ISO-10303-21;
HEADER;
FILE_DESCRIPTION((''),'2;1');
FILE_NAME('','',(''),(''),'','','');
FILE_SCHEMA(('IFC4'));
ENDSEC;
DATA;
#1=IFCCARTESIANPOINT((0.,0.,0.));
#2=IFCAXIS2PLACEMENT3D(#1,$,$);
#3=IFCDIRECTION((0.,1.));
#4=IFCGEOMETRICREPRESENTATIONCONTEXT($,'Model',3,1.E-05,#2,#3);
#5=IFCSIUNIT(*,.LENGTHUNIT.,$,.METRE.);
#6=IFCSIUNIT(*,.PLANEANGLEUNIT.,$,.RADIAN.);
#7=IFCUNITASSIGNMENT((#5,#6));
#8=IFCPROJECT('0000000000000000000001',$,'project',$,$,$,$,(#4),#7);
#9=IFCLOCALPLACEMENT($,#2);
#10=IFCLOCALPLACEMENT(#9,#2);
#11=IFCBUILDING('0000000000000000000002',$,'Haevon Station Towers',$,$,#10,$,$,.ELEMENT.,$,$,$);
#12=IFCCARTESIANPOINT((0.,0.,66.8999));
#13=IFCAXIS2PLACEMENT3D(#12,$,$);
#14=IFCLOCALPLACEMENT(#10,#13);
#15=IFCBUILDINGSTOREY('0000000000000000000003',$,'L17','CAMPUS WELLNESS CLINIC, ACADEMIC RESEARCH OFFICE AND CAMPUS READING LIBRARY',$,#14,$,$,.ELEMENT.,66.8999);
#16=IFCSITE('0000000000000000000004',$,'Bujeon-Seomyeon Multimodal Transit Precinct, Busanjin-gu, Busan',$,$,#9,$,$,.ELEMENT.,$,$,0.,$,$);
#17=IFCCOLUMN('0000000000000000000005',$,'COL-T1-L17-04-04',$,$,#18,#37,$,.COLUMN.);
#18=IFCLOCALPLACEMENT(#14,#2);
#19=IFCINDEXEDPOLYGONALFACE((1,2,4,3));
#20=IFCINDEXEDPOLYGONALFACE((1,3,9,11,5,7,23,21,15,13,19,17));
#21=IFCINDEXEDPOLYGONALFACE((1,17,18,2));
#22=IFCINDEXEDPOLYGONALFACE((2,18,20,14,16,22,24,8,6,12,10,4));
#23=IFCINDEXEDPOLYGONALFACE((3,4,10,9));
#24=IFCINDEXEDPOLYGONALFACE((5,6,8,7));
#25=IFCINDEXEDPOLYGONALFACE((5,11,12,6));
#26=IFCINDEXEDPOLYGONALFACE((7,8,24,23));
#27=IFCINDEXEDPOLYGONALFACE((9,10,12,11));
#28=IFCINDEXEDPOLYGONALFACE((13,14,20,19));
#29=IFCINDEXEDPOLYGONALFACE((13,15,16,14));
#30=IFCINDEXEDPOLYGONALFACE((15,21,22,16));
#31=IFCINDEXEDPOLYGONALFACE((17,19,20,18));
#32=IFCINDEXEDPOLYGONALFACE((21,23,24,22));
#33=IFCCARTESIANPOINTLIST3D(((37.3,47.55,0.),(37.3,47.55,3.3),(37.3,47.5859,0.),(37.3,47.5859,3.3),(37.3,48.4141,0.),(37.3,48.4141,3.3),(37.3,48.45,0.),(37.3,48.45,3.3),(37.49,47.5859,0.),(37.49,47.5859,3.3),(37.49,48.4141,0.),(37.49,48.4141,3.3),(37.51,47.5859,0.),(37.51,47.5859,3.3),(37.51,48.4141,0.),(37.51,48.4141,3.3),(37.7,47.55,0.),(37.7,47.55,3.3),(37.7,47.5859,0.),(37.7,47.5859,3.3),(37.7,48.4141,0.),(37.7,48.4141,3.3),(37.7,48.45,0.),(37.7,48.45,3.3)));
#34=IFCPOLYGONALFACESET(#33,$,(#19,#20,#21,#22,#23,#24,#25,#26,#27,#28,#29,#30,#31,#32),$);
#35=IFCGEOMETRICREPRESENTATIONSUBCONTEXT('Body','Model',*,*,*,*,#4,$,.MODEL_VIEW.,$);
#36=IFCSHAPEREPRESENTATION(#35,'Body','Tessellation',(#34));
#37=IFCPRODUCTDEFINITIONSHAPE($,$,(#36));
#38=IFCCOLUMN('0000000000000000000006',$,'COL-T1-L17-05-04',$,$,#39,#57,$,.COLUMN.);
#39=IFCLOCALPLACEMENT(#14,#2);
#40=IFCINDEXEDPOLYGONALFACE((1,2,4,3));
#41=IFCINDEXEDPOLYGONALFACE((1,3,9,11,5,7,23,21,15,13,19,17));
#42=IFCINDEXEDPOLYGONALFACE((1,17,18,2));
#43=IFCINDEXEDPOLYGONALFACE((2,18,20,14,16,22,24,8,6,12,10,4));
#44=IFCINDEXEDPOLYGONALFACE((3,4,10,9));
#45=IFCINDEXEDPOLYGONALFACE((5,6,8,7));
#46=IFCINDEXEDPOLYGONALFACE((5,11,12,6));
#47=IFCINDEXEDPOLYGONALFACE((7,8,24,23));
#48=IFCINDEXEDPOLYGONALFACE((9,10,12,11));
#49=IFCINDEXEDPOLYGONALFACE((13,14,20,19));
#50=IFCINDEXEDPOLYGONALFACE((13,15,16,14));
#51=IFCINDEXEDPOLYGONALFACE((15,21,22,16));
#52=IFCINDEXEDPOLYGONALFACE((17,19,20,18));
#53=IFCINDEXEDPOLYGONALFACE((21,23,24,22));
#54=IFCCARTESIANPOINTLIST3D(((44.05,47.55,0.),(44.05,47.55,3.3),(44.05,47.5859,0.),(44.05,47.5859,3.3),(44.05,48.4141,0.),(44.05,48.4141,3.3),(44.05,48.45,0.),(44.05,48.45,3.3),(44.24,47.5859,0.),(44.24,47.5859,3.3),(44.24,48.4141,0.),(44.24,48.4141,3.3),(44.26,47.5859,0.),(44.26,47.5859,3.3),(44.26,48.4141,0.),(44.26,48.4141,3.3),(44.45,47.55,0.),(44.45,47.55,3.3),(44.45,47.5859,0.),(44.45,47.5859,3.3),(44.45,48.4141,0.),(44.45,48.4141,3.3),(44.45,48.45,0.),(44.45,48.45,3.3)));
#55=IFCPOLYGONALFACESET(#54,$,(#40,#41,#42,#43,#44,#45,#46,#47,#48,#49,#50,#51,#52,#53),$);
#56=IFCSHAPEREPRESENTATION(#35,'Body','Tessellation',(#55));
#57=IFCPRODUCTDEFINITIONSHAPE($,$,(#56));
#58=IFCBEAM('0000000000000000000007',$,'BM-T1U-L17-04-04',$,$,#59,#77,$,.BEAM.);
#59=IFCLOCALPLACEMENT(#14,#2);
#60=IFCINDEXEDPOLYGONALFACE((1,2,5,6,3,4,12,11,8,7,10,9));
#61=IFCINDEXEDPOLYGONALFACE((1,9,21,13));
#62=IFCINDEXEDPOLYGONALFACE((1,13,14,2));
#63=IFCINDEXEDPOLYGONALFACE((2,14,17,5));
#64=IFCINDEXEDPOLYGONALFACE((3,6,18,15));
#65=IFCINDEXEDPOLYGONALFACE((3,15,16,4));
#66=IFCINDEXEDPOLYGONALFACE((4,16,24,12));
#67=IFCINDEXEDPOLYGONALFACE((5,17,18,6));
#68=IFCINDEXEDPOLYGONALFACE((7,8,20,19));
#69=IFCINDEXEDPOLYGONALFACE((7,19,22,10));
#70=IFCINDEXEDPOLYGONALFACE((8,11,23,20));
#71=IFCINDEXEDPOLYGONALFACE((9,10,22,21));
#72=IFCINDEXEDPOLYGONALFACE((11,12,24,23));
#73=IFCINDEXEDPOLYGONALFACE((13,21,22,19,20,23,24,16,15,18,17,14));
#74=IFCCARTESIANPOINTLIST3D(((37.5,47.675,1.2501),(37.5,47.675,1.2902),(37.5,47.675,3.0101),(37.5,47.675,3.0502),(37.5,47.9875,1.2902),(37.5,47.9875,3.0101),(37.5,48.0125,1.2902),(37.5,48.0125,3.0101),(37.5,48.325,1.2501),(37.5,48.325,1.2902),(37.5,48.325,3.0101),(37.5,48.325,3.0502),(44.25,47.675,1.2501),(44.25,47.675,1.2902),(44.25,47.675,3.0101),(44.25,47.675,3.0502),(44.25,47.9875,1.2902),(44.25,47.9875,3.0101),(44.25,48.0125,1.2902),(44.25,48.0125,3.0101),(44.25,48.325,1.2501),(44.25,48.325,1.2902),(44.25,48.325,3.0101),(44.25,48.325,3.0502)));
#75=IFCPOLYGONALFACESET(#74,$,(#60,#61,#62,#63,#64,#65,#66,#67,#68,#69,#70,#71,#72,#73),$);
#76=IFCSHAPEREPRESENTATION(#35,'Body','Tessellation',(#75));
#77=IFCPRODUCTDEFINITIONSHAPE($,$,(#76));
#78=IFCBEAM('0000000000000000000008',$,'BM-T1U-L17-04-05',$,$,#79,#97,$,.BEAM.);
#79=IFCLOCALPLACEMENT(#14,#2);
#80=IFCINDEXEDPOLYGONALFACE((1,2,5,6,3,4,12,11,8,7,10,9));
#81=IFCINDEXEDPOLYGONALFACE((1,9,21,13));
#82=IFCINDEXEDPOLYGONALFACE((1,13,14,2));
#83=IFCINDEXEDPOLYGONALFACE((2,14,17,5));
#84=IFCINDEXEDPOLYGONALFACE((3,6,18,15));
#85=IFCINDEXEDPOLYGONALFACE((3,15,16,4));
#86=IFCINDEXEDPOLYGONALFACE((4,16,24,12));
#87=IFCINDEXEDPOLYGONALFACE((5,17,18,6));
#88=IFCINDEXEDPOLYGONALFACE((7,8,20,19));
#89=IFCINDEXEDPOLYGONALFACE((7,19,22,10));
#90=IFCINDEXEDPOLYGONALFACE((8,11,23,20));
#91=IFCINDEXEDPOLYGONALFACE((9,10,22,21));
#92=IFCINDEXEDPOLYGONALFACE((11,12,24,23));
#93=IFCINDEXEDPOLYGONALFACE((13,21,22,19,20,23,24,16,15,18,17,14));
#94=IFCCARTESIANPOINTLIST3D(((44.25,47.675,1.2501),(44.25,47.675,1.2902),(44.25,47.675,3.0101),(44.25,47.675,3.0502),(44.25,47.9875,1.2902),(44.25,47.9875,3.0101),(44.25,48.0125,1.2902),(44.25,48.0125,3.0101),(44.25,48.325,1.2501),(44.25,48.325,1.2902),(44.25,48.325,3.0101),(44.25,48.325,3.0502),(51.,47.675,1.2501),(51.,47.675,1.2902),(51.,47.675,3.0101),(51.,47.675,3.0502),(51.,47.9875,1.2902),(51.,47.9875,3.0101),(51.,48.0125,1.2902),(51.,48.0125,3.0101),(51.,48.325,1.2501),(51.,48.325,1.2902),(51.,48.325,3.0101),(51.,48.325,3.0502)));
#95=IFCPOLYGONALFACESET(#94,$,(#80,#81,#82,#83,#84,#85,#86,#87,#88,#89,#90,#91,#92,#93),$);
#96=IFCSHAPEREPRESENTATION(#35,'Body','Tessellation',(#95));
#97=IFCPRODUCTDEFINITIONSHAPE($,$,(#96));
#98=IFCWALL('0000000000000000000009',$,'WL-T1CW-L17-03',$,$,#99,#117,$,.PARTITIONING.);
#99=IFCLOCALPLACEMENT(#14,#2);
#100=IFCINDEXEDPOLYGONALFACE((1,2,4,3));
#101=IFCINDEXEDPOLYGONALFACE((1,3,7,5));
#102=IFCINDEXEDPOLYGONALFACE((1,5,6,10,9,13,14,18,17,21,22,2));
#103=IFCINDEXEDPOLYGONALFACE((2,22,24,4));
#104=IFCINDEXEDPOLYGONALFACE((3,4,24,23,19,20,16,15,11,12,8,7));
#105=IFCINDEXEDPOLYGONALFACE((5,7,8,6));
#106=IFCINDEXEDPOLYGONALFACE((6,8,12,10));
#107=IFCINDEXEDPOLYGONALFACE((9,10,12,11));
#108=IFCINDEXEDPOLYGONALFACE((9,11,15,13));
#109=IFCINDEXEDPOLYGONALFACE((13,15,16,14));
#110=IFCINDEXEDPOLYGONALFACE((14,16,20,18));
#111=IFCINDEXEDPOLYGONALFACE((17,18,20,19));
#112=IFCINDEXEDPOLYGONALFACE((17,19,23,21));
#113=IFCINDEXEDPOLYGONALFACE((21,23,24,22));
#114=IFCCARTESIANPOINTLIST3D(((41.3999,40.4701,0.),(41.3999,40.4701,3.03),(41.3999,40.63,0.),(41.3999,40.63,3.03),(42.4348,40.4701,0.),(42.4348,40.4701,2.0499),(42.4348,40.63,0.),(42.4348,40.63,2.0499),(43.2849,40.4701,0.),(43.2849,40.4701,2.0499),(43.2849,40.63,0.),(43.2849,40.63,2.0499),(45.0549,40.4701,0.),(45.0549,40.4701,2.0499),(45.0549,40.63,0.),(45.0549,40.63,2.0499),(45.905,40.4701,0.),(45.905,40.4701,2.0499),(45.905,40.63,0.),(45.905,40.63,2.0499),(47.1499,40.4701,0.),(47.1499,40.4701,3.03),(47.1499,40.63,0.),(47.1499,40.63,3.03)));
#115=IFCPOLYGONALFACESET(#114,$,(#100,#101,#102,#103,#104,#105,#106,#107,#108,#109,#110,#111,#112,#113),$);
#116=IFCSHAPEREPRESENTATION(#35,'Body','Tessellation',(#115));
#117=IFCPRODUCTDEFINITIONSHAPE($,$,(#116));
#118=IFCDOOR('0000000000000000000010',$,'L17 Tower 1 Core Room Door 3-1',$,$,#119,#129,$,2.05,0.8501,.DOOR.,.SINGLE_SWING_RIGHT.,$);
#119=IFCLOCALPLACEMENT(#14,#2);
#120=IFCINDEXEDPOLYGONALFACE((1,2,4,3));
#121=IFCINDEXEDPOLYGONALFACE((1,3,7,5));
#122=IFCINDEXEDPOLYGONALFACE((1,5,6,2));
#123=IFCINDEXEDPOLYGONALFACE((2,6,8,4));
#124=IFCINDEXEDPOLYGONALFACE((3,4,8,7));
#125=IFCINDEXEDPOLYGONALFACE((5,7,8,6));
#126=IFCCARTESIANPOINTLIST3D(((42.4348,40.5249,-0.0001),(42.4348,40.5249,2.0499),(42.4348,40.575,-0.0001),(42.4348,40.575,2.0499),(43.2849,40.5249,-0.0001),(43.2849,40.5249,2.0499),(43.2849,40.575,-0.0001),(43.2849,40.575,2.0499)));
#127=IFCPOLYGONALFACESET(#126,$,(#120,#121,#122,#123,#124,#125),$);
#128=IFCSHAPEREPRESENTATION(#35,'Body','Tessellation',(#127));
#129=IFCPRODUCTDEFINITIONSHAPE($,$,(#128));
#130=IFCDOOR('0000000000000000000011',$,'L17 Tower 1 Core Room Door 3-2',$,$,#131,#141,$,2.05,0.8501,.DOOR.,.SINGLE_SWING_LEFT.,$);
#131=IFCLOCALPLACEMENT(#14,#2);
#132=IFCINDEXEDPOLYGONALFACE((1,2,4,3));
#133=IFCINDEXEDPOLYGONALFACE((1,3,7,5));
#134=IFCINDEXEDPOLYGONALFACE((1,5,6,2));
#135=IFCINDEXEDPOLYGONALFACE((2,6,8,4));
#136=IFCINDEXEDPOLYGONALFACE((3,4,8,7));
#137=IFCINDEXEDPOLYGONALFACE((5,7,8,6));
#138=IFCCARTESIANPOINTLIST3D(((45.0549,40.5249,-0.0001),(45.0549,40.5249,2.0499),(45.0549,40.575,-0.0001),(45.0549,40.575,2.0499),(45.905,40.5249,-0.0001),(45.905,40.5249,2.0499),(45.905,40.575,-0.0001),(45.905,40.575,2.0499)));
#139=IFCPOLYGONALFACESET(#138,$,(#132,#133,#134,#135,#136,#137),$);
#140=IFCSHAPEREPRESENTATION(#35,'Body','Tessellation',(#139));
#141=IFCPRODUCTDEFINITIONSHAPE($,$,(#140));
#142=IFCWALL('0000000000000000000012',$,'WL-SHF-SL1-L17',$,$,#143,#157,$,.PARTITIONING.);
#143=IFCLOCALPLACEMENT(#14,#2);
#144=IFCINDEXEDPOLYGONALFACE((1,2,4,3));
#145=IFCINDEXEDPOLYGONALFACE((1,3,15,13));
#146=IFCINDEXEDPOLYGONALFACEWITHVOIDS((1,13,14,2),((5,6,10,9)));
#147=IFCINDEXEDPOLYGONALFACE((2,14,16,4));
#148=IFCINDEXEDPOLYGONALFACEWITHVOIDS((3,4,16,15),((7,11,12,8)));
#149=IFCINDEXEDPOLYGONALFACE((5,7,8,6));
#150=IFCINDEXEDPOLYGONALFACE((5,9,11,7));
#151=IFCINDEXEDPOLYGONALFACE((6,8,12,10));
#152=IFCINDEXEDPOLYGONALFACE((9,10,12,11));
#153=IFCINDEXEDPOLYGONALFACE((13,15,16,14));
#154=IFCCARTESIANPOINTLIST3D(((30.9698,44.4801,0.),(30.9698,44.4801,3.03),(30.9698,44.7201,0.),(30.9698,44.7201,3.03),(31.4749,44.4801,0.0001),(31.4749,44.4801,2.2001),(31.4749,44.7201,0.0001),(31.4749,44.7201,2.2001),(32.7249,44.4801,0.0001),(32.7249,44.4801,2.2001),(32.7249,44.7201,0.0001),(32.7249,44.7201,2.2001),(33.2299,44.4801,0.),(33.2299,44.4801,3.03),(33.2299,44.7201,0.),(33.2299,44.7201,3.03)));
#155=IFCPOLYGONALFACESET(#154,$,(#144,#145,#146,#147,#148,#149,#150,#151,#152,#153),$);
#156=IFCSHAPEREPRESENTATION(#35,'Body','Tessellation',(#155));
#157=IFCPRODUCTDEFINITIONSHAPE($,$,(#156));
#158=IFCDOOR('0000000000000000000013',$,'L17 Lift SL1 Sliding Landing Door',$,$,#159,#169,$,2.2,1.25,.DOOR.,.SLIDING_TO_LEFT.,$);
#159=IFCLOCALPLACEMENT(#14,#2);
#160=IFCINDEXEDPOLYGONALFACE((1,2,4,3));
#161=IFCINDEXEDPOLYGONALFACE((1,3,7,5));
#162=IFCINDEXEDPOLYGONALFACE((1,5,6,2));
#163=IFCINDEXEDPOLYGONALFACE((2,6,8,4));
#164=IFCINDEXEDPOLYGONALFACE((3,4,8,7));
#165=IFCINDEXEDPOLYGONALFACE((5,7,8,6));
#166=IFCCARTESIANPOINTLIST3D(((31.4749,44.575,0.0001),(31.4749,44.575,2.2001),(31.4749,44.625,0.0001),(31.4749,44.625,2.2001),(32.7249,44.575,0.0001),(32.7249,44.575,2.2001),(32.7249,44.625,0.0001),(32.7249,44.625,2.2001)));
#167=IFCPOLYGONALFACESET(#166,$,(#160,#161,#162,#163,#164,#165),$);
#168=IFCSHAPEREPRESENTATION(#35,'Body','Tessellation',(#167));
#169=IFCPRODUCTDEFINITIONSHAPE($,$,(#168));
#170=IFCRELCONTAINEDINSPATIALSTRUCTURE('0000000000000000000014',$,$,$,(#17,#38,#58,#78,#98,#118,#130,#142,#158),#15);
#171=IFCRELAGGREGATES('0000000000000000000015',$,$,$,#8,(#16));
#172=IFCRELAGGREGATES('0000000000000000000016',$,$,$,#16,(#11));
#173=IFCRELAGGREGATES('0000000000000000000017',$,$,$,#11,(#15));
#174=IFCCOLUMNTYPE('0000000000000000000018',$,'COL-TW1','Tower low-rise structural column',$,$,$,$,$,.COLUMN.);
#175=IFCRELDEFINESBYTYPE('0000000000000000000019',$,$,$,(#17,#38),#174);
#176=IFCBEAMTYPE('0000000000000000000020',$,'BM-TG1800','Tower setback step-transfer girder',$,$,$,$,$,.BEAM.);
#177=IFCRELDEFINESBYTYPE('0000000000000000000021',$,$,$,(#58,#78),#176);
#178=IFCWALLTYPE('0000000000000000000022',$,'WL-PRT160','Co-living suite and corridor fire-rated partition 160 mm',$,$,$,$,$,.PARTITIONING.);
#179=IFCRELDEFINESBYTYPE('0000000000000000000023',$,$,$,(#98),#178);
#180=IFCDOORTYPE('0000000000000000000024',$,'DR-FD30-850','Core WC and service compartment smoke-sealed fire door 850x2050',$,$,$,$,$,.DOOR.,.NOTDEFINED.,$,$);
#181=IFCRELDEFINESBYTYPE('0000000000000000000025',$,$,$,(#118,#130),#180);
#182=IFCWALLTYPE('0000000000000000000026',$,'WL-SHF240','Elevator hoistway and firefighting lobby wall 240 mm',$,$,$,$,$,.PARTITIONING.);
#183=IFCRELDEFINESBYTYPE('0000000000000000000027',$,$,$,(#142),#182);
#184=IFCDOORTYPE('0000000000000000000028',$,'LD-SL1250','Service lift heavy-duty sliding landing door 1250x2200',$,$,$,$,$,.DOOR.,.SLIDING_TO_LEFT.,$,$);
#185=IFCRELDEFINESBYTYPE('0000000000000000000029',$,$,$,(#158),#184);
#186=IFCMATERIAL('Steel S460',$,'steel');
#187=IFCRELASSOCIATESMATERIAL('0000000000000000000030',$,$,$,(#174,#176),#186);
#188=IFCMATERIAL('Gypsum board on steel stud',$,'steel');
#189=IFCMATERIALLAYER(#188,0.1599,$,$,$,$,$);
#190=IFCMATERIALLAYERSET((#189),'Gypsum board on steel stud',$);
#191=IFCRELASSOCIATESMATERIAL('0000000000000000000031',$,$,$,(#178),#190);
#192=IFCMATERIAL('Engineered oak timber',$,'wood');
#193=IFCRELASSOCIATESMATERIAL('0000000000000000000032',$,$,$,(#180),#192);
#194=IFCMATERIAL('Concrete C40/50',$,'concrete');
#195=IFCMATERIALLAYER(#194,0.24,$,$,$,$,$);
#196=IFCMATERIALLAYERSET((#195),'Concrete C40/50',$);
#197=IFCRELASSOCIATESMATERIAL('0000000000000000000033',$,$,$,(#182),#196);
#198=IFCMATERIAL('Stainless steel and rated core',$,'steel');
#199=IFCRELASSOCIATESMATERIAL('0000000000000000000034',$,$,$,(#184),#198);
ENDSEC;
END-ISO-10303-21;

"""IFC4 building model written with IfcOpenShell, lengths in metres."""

from ifc_helpers import new_model, si_unit, direction, frame, frame_2d, origin, origin_2d, place, context, subcontext, project, spatial, rectangle, i_section, extrude, material, layer, layer_set, material_profile, profile_set, type_object, element, fill, save


model = new_model("IFC4")

# Units and contexts
model_context = context("Model", 3, precision=1e-05, world=origin(), true_north=direction((0.0, 1.0)))
body_context = subcontext(model_context, "Body", "Model", "MODEL_VIEW")
ifc_project = project(units=[si_unit("LENGTHUNIT", "METRE"), si_unit("PLANEANGLEUNIT", "RADIAN")], contexts=[model_context])

# Site, building, storey
site_placement = place(None, origin())
site = spatial("IfcSite", under=ifc_project, at=site_placement, Name="Bujeon-Seomyeon Multimodal Transit Precinct, Busanjin-gu, Busan", CompositionType="ELEMENT", RefElevation=0.0)
building_placement = place(site_placement, origin())
building = spatial("IfcBuilding", under=site, at=building_placement, Name="Haevon Station Towers", CompositionType="ELEMENT")
storey_placement = place(building_placement, frame((0.0, 0.0, 66.8999)))
storey = spatial("IfcBuildingStorey", under=building, at=storey_placement, Name="L17", Description="CAMPUS WELLNESS CLINIC, ACADEMIC RESEARCH OFFICE AND CAMPUS READING LIBRARY", CompositionType="ELEMENT", Elevation=66.8999)

# Columns
ifc_material_1 = material(Name="Steel S460", Category="steel")
ifc_material_profile_1 = material_profile(ifc_material_1, i_section(OverallWidth=0.3999, OverallDepth=0.8999, WebThickness=0.02, FlangeThickness=0.0359, at=origin_2d()), Name="H-900x400x20x36")
ifc_profile_set_1 = profile_set([ifc_material_profile_1], Name="Steel S460")
column_type = type_object("IfcColumnType", Name="COL-TW1", Description="Tower low-rise structural column", PredefinedType="COLUMN", material=ifc_profile_set_1)
for number, where, z_axis, x_axis, name in (
    (1, (37.5, 48.0, 0.0), (0.0, 0.0, 1.0), (1.0, 0.0, 0.0), "COL-T1-L17-04-04"),
    (2, (44.25, 48.0, 0.0), (0.0, 0.0, 1.0), (1.0, 0.0, 0.0), "COL-T1-L17-05-04"),
):
    element("IfcColumn", number, at=place(storey_placement, frame(where, z_axis=z_axis, x_axis=x_axis)), inside=storey, type_object=column_type, Name=name, PredefinedType="COLUMN", context=body_context, shape_type="SweptSolid", body=[
        extrude(i_section(OverallWidth=0.3999, OverallDepth=0.8999, WebThickness=0.02, FlangeThickness=0.0359, at=origin_2d()), origin(), (0.0, 0.0, 1.0), 3.3),
    ])

# Beams
ifc_material_profile_2 = material_profile(ifc_material_1, i_section(OverallWidth=0.6499, OverallDepth=1.8, WebThickness=0.0249, FlangeThickness=0.04, at=origin_2d()), Name="H-1800x650x25x40")
ifc_profile_set_2 = profile_set([ifc_material_profile_2], Name="Steel S460")
beam_type = type_object("IfcBeamType", Name="BM-TG1800", Description="Tower setback step-transfer girder", PredefinedType="BEAM", material=ifc_profile_set_2)
for number, where, z_axis, x_axis, name in (
    (3, (37.5, 48.0, 2.1501), (1.0, 0.0, 0.0), (0.0, 1.0, 0.0), "BM-T1U-L17-04-04"),
    (4, (44.25, 48.0, 2.1501), (1.0, 0.0, 0.0), (0.0, 1.0, 0.0), "BM-T1U-L17-04-05"),
):
    element("IfcBeam", number, at=place(storey_placement, frame(where, z_axis=z_axis, x_axis=x_axis)), inside=storey, type_object=beam_type, Name=name, PredefinedType="BEAM", context=body_context, shape_type="SweptSolid", body=[
        extrude(i_section(OverallWidth=0.6499, OverallDepth=1.8, WebThickness=0.0249, FlangeThickness=0.04, at=origin_2d()), origin(), (0.0, 0.0, 1.0), 6.75),
    ])

# Wall, openings, doors
ifc_material_2 = material(Name="Gypsum board on steel stud", Category="steel")
ifc_layer_1 = layer(ifc_material_2, 0.1599)
ifc_layer_set_1 = layer_set([ifc_layer_1], Name="Gypsum board on steel stud")
wall_type_1 = type_object("IfcWallType", Name="WL-PRT160", Description="Co-living suite and corridor fire-rated partition 160 mm", PredefinedType="PARTITIONING", material=ifc_layer_set_1)
wall_1_placement = place(storey_placement, frame((41.3999, 40.55, 0.0), z_axis=(0.0, 0.0, 1.0), x_axis=(1.0, 0.0, 0.0)))
wall_1 = element("IfcWall", 5, at=wall_1_placement, inside=storey, type_object=wall_type_1, Name="WL-T1CW-L17-03", PredefinedType="PARTITIONING", context=body_context, shape_type="SweptSolid", body=[
    extrude(rectangle(XDim=5.75, YDim=0.1599, at=frame_2d((2.875, 0.0))), origin(), (0.0, 0.0, 1.0), 3.03),
])
opening_1_placement = place(wall_1_placement, frame((1.0349, 0.0, 0.0)))
opening_1 = element("IfcOpeningElement", 6, at=opening_1_placement, cuts=wall_1, PredefinedType="OPENING", context=body_context, shape_type="SweptSolid", body=[
    extrude(rectangle(XDim=0.8501, YDim=2.05, at=frame_2d((0.425, 1.0249))), frame((0.0, 0.0898, 0.0), z_axis=(0.0, -1.0, 0.0), x_axis=(1.0, 0.0, 0.0)), (0.0, 0.0, 1.0), 0.1799),
])
opening_2_placement = place(wall_1_placement, frame((3.655, 0.0, 0.0)))
opening_2 = element("IfcOpeningElement", 7, at=opening_2_placement, cuts=wall_1, PredefinedType="OPENING", context=body_context, shape_type="SweptSolid", body=[
    extrude(rectangle(XDim=0.8501, YDim=2.05, at=frame_2d((0.425, 1.0249))), frame((0.0, 0.0898, 0.0), z_axis=(0.0, -1.0, 0.0), x_axis=(1.0, 0.0, 0.0)), (0.0, 0.0, 1.0), 0.1799),
])
ifc_material_3 = material(Name="Engineered oak timber", Category="wood")
door_type_1 = type_object("IfcDoorType", Name="DR-FD30-850", Description="Core WC and service compartment smoke-sealed fire door 850x2050", OperationType="NOTDEFINED", PredefinedType="DOOR", material=ifc_material_3)
door_1_placement = place(opening_1_placement, origin())
door_1 = element("IfcDoor", 8, at=door_1_placement, inside=storey, type_object=door_type_1, Name="L17 Tower 1 Core Room Door 3-1", OperationType="SINGLE_SWING_RIGHT", OverallHeight=2.05, OverallWidth=0.8501, PredefinedType="DOOR", context=body_context, shape_type="SweptSolid", body=[
    extrude(rectangle(XDim=0.8501, YDim=2.05, at=frame_2d((0.425, 1.0249))), frame((0.0, 0.0249, 0.0), z_axis=(0.0, -1.0, 0.0), x_axis=(1.0, 0.0, 0.0)), (0.0, 0.0, 1.0), 0.05),
])
fill(opening_1, door_1)
door_2_placement = place(opening_2_placement, origin())
door_2 = element("IfcDoor", 9, at=door_2_placement, inside=storey, type_object=door_type_1, Name="L17 Tower 1 Core Room Door 3-2", OperationType="SINGLE_SWING_LEFT", OverallHeight=2.05, OverallWidth=0.8501, PredefinedType="DOOR", context=body_context, shape_type="SweptSolid", body=[
    extrude(rectangle(XDim=0.8501, YDim=2.05, at=frame_2d((0.425, 1.0249))), frame((0.0, 0.0249, 0.0), z_axis=(0.0, -1.0, 0.0), x_axis=(1.0, 0.0, 0.0)), (0.0, 0.0, 1.0), 0.05),
])
fill(opening_2, door_2)

# Wall, opening, door
ifc_material_4 = material(Name="Concrete C40/50", Category="concrete")
ifc_layer_2 = layer(ifc_material_4, 0.24)
ifc_layer_set_2 = layer_set([ifc_layer_2], Name="Concrete C40/50")
wall_type_2 = type_object("IfcWallType", Name="WL-SHF240", Description="Elevator hoistway and firefighting lobby wall 240 mm", PredefinedType="PARTITIONING", material=ifc_layer_set_2)
wall_2_placement = place(storey_placement, frame((30.97, 44.6001, 0.0), z_axis=(0.0, 0.0, 1.0), x_axis=(1.0, 0.0, 0.0)))
wall_2 = element("IfcWall", 10, at=wall_2_placement, inside=storey, type_object=wall_type_2, Name="WL-SHF-SL1-L17", PredefinedType="PARTITIONING", context=body_context, shape_type="SweptSolid", body=[
    extrude(rectangle(XDim=2.26, YDim=0.24, at=frame_2d((1.1299, 0.0))), origin(), (0.0, 0.0, 1.0), 3.03),
])
opening_3_placement = place(wall_2_placement, frame((0.5049, 0.0, 0.0)))
opening_3 = element("IfcOpeningElement", 11, at=opening_3_placement, cuts=wall_2, PredefinedType="OPENING", context=body_context, shape_type="SweptSolid", body=[
    extrude(rectangle(XDim=1.25, YDim=2.2, at=frame_2d((0.625, 1.1001))), frame((0.0, 0.1299, 0.0), z_axis=(0.0, -1.0, 0.0), x_axis=(1.0, 0.0, 0.0)), (0.0, 0.0, 1.0), 0.26),
])
ifc_material_5 = material(Name="Stainless steel and rated core", Category="steel")
door_type_2 = type_object("IfcDoorType", Name="LD-SL1250", Description="Service lift heavy-duty sliding landing door 1250x2200", OperationType="SLIDING_TO_LEFT", PredefinedType="DOOR", material=ifc_material_5)
door_3_placement = place(opening_3_placement, origin())
door_3 = element("IfcDoor", 12, at=door_3_placement, inside=storey, type_object=door_type_2, Name="L17 Lift SL1 Sliding Landing Door", OperationType="SLIDING_TO_LEFT", OverallHeight=2.2, OverallWidth=1.25, PredefinedType="DOOR", context=body_context, shape_type="SweptSolid", body=[
    extrude(rectangle(XDim=1.25, YDim=2.2, at=frame_2d((0.625, 1.1001))), frame((0.0, 0.0249, 0.0), z_axis=(0.0, -1.0, 0.0), x_axis=(1.0, 0.0, 0.0)), (0.0, 0.0, 1.0), 0.05),
])
fill(opening_3, door_3)

save(model, "model.ifc")
